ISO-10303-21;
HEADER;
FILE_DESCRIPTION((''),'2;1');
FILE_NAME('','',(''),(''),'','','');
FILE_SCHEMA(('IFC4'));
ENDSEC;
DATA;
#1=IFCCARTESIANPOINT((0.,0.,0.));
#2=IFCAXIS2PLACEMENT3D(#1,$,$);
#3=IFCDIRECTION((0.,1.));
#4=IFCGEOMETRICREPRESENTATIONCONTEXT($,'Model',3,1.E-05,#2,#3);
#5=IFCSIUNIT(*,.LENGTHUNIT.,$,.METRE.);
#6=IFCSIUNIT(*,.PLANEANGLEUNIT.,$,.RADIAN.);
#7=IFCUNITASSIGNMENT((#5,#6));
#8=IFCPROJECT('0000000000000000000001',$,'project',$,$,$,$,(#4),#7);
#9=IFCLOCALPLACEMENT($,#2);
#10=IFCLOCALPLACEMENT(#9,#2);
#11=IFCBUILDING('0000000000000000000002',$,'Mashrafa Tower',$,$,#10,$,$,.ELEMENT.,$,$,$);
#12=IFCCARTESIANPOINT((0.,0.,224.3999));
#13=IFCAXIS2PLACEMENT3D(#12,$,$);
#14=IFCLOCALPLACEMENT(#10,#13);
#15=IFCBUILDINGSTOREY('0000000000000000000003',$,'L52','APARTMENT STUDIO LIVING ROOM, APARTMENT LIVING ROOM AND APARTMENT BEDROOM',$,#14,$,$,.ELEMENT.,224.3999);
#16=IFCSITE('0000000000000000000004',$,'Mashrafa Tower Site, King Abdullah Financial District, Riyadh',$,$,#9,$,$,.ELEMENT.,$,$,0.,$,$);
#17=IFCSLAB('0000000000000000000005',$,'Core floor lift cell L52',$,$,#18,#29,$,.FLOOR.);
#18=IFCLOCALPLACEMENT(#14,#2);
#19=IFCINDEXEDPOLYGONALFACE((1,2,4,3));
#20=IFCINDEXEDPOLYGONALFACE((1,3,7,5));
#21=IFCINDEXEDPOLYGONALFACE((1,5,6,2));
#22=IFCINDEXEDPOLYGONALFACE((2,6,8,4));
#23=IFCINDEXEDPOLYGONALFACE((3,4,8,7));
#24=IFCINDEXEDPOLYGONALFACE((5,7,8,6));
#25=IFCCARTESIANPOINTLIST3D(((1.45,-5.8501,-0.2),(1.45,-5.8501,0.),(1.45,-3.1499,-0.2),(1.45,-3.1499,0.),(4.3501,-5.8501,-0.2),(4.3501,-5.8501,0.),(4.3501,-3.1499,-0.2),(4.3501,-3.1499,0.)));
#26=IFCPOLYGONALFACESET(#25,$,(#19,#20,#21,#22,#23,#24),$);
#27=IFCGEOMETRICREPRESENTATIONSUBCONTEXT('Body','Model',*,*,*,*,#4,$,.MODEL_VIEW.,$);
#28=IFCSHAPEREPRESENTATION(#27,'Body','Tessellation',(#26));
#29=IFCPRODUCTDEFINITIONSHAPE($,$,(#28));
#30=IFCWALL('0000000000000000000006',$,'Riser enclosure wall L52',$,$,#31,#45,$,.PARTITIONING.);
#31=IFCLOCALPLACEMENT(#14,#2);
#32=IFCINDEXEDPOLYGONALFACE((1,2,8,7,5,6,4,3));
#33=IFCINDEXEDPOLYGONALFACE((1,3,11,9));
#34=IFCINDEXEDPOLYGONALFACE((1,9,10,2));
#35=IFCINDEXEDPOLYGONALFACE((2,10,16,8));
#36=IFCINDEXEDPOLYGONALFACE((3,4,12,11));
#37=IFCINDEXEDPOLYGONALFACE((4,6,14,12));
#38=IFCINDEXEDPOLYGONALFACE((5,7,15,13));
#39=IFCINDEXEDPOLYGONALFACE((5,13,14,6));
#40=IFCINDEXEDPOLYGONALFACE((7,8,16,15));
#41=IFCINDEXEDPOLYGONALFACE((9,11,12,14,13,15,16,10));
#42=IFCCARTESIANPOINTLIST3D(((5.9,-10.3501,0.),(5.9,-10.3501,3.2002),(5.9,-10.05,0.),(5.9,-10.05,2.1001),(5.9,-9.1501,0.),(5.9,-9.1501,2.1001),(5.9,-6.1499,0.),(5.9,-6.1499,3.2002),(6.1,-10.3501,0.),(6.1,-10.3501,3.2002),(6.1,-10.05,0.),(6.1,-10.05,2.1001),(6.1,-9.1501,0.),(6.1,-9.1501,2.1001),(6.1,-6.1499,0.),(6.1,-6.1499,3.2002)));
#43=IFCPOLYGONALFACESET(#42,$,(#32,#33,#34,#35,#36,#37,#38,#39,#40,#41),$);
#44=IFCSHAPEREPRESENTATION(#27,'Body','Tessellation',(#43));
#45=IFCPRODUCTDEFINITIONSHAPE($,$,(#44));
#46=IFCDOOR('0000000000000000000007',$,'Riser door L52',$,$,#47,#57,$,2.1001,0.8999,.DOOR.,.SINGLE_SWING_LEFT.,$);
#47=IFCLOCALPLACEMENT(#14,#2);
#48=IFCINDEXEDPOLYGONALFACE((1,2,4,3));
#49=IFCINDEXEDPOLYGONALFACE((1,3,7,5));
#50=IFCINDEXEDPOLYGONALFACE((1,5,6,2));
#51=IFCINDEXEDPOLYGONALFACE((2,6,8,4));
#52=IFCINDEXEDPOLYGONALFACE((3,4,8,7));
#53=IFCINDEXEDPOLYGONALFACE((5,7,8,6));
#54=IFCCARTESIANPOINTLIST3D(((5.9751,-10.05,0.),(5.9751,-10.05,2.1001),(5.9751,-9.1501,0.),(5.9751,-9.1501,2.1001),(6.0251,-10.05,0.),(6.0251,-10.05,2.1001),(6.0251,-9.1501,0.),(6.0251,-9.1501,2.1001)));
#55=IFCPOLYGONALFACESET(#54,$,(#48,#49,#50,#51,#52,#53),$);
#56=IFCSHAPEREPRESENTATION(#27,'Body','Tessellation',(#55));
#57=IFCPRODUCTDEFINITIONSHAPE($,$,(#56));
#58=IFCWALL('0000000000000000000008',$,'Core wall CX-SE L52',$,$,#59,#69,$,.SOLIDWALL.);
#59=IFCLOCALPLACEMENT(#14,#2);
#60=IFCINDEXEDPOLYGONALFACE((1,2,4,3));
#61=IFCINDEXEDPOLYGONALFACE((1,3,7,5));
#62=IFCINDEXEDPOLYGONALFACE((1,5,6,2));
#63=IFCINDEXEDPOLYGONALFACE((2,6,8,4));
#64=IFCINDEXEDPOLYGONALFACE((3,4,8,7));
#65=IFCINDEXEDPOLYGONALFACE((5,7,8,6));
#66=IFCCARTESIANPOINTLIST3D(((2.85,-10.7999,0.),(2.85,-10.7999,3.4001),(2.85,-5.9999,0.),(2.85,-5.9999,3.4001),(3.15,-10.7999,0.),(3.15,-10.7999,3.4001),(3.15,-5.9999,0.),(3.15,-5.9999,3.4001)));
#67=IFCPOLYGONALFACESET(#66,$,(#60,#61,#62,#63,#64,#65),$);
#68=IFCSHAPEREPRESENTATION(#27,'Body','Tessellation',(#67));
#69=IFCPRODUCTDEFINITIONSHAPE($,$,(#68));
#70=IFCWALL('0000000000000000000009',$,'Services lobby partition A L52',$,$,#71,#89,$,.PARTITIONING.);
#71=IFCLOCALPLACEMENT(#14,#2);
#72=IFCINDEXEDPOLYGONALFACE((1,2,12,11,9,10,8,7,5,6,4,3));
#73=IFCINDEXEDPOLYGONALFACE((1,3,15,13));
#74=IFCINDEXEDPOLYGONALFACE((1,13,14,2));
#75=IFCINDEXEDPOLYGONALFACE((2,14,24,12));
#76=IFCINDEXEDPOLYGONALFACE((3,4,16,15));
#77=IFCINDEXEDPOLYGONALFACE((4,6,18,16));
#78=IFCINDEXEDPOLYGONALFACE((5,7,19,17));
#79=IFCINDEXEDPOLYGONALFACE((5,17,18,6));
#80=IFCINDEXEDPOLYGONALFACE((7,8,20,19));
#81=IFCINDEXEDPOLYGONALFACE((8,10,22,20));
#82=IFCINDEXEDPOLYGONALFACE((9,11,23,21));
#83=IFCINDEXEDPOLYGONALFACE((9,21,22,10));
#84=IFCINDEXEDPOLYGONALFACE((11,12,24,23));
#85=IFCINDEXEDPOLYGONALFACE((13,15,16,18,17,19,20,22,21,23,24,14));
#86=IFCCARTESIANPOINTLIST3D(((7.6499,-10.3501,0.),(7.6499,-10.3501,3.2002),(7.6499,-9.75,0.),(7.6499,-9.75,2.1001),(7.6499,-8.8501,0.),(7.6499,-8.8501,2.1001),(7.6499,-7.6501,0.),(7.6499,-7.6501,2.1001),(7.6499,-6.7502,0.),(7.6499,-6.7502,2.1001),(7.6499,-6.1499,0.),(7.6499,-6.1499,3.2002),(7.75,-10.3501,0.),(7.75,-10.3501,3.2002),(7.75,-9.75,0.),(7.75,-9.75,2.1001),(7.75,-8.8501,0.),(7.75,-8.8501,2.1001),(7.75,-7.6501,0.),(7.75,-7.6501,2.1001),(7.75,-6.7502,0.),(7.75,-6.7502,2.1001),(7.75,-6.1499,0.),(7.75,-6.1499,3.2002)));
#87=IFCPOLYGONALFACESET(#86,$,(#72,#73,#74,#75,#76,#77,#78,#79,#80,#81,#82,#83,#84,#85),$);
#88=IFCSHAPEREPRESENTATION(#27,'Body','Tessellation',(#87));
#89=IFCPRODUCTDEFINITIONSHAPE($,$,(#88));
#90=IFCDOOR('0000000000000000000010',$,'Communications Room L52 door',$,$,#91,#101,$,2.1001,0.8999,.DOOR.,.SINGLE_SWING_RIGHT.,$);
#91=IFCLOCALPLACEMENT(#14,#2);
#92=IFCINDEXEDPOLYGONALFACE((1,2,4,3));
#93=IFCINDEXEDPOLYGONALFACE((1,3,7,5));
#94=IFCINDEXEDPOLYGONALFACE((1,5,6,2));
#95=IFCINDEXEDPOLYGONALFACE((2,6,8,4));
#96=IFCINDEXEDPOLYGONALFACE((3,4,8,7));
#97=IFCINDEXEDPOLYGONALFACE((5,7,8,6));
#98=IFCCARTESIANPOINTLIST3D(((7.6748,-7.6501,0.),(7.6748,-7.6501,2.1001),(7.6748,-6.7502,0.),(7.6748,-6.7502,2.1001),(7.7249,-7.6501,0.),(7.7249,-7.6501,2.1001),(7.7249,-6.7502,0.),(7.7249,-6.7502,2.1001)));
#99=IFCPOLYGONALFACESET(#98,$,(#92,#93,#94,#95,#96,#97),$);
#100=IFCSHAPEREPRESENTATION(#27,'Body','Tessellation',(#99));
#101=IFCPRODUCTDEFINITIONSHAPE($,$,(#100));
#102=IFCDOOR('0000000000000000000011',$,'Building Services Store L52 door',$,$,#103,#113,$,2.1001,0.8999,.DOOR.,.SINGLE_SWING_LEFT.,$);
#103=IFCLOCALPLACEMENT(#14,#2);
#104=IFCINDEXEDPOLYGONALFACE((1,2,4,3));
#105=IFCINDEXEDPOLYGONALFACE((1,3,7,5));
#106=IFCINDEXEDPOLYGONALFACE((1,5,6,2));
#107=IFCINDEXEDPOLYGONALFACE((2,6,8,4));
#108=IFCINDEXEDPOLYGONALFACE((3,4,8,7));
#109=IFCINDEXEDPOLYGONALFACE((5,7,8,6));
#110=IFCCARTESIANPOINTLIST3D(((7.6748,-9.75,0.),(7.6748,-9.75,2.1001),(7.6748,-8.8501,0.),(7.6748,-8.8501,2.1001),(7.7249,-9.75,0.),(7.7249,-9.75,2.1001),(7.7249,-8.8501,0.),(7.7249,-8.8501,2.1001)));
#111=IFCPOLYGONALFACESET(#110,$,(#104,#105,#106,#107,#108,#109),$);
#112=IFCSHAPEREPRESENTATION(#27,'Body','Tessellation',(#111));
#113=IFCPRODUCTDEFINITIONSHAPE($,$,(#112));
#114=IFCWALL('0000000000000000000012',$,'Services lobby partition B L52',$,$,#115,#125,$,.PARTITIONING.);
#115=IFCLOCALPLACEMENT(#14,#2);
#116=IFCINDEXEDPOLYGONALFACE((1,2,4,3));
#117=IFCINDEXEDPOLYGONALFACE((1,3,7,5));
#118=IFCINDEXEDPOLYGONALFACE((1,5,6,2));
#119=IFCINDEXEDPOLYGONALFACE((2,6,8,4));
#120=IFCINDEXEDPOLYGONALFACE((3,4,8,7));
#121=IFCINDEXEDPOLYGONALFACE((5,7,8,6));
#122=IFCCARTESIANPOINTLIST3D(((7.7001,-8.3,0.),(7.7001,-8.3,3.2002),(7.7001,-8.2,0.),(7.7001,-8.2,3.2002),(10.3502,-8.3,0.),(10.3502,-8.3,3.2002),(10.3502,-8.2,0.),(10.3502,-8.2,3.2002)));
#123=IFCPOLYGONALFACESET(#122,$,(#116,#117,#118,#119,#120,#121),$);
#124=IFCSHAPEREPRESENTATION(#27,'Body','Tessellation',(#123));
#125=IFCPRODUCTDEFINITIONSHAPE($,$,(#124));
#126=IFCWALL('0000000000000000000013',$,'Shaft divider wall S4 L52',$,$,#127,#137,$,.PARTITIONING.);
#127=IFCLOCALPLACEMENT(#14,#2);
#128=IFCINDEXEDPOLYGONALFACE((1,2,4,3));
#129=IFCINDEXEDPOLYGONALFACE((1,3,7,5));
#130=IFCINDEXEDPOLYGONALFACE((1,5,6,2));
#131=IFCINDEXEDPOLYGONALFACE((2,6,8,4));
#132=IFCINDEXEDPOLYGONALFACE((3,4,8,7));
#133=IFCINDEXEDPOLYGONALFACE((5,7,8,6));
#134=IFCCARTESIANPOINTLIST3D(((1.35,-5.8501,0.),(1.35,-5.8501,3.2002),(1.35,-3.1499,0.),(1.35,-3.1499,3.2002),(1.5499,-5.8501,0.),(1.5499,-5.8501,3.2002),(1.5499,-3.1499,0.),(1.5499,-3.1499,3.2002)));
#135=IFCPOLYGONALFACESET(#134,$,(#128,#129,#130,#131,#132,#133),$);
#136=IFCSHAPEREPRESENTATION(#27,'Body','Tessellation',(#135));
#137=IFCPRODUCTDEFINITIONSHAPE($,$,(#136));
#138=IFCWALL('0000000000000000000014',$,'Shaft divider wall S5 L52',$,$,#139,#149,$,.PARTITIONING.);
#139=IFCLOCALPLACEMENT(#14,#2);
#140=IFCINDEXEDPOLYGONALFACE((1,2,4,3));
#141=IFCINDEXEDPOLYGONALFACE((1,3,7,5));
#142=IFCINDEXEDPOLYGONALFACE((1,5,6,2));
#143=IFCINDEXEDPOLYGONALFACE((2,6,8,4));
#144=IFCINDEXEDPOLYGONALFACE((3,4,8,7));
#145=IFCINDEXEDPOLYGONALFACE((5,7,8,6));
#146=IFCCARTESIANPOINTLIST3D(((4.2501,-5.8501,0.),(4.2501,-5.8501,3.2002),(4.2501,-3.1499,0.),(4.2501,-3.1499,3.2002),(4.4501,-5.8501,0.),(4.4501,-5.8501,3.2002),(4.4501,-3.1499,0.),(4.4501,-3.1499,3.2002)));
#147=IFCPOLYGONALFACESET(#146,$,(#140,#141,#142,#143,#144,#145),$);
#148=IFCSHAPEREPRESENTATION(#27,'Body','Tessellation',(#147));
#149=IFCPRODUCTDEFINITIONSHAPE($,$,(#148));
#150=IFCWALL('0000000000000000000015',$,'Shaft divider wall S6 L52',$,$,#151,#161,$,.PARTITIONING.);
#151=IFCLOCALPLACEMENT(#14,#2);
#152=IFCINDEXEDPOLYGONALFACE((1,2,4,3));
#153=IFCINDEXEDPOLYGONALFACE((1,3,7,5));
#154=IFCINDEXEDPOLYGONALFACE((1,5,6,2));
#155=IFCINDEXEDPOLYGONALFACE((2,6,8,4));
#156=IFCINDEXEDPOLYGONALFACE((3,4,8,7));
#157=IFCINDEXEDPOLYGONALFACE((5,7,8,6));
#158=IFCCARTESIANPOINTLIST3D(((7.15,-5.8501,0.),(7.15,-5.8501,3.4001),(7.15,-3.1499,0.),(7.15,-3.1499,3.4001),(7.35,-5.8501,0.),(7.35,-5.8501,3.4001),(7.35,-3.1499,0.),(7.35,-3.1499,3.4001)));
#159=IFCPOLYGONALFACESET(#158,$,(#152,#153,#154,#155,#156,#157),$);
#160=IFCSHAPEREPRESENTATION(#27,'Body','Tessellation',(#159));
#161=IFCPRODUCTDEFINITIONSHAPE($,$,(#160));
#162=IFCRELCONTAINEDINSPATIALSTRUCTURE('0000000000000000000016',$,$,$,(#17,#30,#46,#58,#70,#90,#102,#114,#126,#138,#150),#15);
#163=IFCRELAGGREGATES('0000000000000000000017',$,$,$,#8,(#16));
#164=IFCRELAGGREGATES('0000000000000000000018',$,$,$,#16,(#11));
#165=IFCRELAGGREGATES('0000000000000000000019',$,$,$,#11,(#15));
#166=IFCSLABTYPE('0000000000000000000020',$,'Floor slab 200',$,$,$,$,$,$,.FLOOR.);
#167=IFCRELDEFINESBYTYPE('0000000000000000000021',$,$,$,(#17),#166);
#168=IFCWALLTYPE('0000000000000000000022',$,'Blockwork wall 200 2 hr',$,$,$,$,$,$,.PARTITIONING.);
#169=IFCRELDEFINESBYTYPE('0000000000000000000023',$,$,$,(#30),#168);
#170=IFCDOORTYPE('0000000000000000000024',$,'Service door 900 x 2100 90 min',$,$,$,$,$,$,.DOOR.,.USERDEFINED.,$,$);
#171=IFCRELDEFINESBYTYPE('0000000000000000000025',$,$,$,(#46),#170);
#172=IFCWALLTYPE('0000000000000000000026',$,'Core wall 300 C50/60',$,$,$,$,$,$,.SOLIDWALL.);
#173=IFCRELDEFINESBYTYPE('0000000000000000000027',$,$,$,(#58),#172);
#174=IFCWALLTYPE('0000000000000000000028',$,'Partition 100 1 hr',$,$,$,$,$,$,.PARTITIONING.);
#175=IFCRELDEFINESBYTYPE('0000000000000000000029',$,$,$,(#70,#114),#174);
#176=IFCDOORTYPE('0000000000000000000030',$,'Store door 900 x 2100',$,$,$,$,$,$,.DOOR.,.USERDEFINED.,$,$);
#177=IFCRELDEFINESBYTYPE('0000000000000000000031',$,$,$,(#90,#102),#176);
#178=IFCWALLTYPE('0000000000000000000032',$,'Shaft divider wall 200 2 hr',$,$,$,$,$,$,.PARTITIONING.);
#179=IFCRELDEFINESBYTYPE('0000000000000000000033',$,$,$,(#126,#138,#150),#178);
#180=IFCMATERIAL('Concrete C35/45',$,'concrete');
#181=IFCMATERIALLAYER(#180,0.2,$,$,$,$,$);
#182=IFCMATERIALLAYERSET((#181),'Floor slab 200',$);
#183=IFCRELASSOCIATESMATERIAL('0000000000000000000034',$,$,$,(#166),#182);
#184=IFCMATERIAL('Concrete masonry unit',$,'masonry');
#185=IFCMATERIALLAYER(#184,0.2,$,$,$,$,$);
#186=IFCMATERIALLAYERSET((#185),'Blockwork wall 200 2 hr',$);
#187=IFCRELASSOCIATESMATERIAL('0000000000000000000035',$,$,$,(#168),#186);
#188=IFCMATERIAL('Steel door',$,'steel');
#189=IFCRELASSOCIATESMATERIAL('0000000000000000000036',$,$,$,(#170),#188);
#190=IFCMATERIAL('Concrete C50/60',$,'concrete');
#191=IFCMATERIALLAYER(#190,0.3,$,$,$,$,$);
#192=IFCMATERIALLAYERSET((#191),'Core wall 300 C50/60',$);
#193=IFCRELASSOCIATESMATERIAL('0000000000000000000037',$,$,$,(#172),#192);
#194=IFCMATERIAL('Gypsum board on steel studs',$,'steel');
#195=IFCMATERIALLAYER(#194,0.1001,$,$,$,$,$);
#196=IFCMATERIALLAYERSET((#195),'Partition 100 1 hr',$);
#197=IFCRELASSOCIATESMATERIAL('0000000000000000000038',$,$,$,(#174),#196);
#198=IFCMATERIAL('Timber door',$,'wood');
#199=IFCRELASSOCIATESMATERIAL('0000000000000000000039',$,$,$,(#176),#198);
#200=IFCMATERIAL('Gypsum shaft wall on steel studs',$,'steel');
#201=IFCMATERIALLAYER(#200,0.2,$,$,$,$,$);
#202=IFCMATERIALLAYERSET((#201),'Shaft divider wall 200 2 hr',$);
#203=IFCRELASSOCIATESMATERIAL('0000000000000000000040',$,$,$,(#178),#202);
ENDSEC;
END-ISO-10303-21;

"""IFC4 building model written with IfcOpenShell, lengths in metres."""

from ifc_helpers import new_model, si_unit, direction, frame, frame_2d, origin, place, context, subcontext, project, spatial, polyline, rectangle, outline, extrude, material, layer, layer_set, type_object, element, fill, save


model = new_model("IFC4")

# Units and contexts
model_context = context("Model", 3, precision=1e-05, world=origin(), true_north=direction((0.0, 1.0)))
body_context = subcontext(model_context, "Body", "Model", "MODEL_VIEW")
ifc_project = project(units=[si_unit("LENGTHUNIT", "METRE"), si_unit("PLANEANGLEUNIT", "RADIAN")], contexts=[model_context])

# Site, building, storey
site_placement = place(None, origin())
site = spatial("IfcSite", under=ifc_project, at=site_placement, Name="Mashrafa Tower Site, King Abdullah Financial District, Riyadh", CompositionType="ELEMENT", RefElevation=0.0)
building_placement = place(site_placement, origin())
building = spatial("IfcBuilding", under=site, at=building_placement, Name="Mashrafa Tower", CompositionType="ELEMENT")
storey_placement = place(building_placement, frame((0.0, 0.0, 224.3999)))
storey = spatial("IfcBuildingStorey", under=building, at=storey_placement, Name="L52", Description="APARTMENT STUDIO LIVING ROOM, APARTMENT LIVING ROOM AND APARTMENT BEDROOM", CompositionType="ELEMENT", Elevation=224.3999)

# Slab
ifc_material_1 = material(Name="Concrete C35/45", Category="concrete")
ifc_layer_1 = layer(ifc_material_1, 0.2)
ifc_layer_set_1 = layer_set([ifc_layer_1], Name="Floor slab 200")
slab_type = type_object("IfcSlabType", Name="Floor slab 200", PredefinedType="FLOOR", material=ifc_layer_set_1)
slab_placement = place(storey_placement, frame((0.0, 0.0, -0.2)))
element("IfcSlab", 1, at=slab_placement, inside=storey, type_object=slab_type, Name="Core floor lift cell L52", PredefinedType="FLOOR", context=body_context, shape_type="SweptSolid", body=[
    extrude(outline(polyline([(4.3501, -3.1499), (4.3501, -5.8501), (1.45, -5.8501), (1.45, -3.1499), (4.3501, -3.1499)])), origin(), (0.0, 0.0, 1.0), 0.2),
])

# Wall, opening, door
ifc_material_2 = material(Name="Concrete masonry unit", Category="masonry")
ifc_layer_2 = layer(ifc_material_2, 0.2)
ifc_layer_set_2 = layer_set([ifc_layer_2], Name="Blockwork wall 200 2 hr")
wall_type_1 = type_object("IfcWallType", Name="Blockwork wall 200 2 hr", PredefinedType="PARTITIONING", material=ifc_layer_set_2)
wall_1_placement = place(storey_placement, frame((6.0, -10.3501, 0.0), z_axis=(0.0, 0.0, 1.0), x_axis=(0.0, 1.0, 0.0)))
wall_1 = element("IfcWall", 2, at=wall_1_placement, inside=storey, type_object=wall_type_1, Name="Riser enclosure wall L52", PredefinedType="PARTITIONING", context=body_context, shape_type="SweptSolid", body=[
    extrude(rectangle(XDim=4.2002, YDim=0.2, at=frame_2d((2.1001, 0.0))), origin(), (0.0, 0.0, 1.0), 3.2002),
])
opening_1_placement = place(wall_1_placement, frame((0.3, 0.0, 0.0)))
opening_1 = element("IfcOpeningElement", 3, at=opening_1_placement, cuts=wall_1, PredefinedType="OPENING", context=body_context, shape_type="SweptSolid", body=[
    extrude(rectangle(XDim=0.8999, YDim=2.1001, at=frame_2d((0.45, 1.05))), frame((0.0, 0.1099, 0.0), z_axis=(0.0, -1.0, 0.0), x_axis=(1.0, 0.0, 0.0)), (0.0, 0.0, 1.0), 0.22),
])
ifc_material_3 = material(Name="Steel door", Category="steel")
door_type_1 = type_object("IfcDoorType", Name="Service door 900 x 2100 90 min", OperationType="USERDEFINED", PredefinedType="DOOR", material=ifc_material_3)
door_1_placement = place(opening_1_placement, origin())
door_1 = element("IfcDoor", 4, at=door_1_placement, inside=storey, type_object=door_type_1, Name="Riser door L52", OperationType="SINGLE_SWING_LEFT", OverallHeight=2.1001, OverallWidth=0.8999, PredefinedType="DOOR", context=body_context, shape_type="SweptSolid", body=[
    extrude(rectangle(XDim=0.8999, YDim=2.1001, at=frame_2d((0.45, 1.05))), frame((0.0, 0.0249, 0.0), z_axis=(0.0, -1.0, 0.0), x_axis=(1.0, 0.0, 0.0)), (0.0, 0.0, 1.0), 0.05),
])
fill(opening_1, door_1)

# Wall
ifc_material_4 = material(Name="Concrete C50/60", Category="concrete")
ifc_layer_3 = layer(ifc_material_4, 0.3)
ifc_layer_set_3 = layer_set([ifc_layer_3], Name="Core wall 300 C50/60")
wall_type_2 = type_object("IfcWallType", Name="Core wall 300 C50/60", PredefinedType="SOLIDWALL", material=ifc_layer_set_3)
wall_2_placement = place(storey_placement, frame((3.0, -6.0, 0.0), z_axis=(0.0, 0.0, 1.0), x_axis=(0.0, -1.0, 0.0)))
element("IfcWall", 5, at=wall_2_placement, inside=storey, type_object=wall_type_2, Name="Core wall CX-SE L52", PredefinedType="SOLIDWALL", context=body_context, shape_type="SweptSolid", body=[
    extrude(rectangle(XDim=4.8, YDim=0.3, at=frame_2d((2.3999, 0.0))), origin(), (0.0, 0.0, 1.0), 3.4001),
])

# Wall, openings, doors
ifc_material_5 = material(Name="Gypsum board on steel studs", Category="steel")
ifc_layer_4 = layer(ifc_material_5, 0.1001)
ifc_layer_set_4 = layer_set([ifc_layer_4], Name="Partition 100 1 hr")
wall_type_3 = type_object("IfcWallType", Name="Partition 100 1 hr", PredefinedType="PARTITIONING", material=ifc_layer_set_4)
wall_3_placement = place(storey_placement, frame((7.7, -10.3501, 0.0), z_axis=(0.0, 0.0, 1.0), x_axis=(0.0, 1.0, 0.0)))
wall_3 = element("IfcWall", 6, at=wall_3_placement, inside=storey, type_object=wall_type_3, Name="Services lobby partition A L52", PredefinedType="PARTITIONING", context=body_context, shape_type="SweptSolid", body=[
    extrude(rectangle(XDim=4.2002, YDim=0.1001, at=frame_2d((2.1001, 0.0))), origin(), (0.0, 0.0, 1.0), 3.2002),
])
opening_2_placement = place(wall_3_placement, frame((2.7, 0.0, 0.0)))
opening_2 = element("IfcOpeningElement", 7, at=opening_2_placement, cuts=wall_3, PredefinedType="OPENING", context=body_context, shape_type="SweptSolid", body=[
    extrude(rectangle(XDim=0.8999, YDim=2.1001, at=frame_2d((0.45, 1.05))), frame((0.0, 0.0601, 0.0), z_axis=(0.0, -1.0, 0.0), x_axis=(1.0, 0.0, 0.0)), (0.0, 0.0, 1.0), 0.1201),
])
opening_3_placement = place(wall_3_placement, frame((0.6001, 0.0, 0.0)))
opening_3 = element("IfcOpeningElement", 8, at=opening_3_placement, cuts=wall_3, PredefinedType="OPENING", context=body_context, shape_type="SweptSolid", body=[
    extrude(rectangle(XDim=0.8999, YDim=2.1001, at=frame_2d((0.45, 1.05))), frame((0.0, 0.0601, 0.0), z_axis=(0.0, -1.0, 0.0), x_axis=(1.0, 0.0, 0.0)), (0.0, 0.0, 1.0), 0.1201),
])
ifc_material_6 = material(Name="Timber door", Category="wood")
door_type_2 = type_object("IfcDoorType", Name="Store door 900 x 2100", OperationType="USERDEFINED", PredefinedType="DOOR", material=ifc_material_6)
door_2_placement = place(opening_2_placement, frame((0.8999, 0.0, 0.0), z_axis=(0.0, 0.0, 1.0), x_axis=(-1.0, 0.0, 0.0)))
door_2 = element("IfcDoor", 9, at=door_2_placement, inside=storey, type_object=door_type_2, Name="Communications Room L52 door", OperationType="SINGLE_SWING_RIGHT", OverallHeight=2.1001, OverallWidth=0.8999, PredefinedType="DOOR", context=body_context, shape_type="SweptSolid", body=[
    extrude(rectangle(XDim=0.8999, YDim=2.1001, at=frame_2d((0.45, 1.05))), frame((0.0, 0.0249, 0.0), z_axis=(0.0, -1.0, 0.0), x_axis=(1.0, 0.0, 0.0)), (0.0, 0.0, 1.0), 0.05),
])
fill(opening_2, door_2)
door_3_placement = place(opening_3_placement, frame((0.8999, 0.0, 0.0), z_axis=(0.0, 0.0, 1.0), x_axis=(-1.0, 0.0, 0.0)))
door_3 = element("IfcDoor", 10, at=door_3_placement, inside=storey, type_object=door_type_2, Name="Building Services Store L52 door", OperationType="SINGLE_SWING_LEFT", OverallHeight=2.1001, OverallWidth=0.8999, PredefinedType="DOOR", context=body_context, shape_type="SweptSolid", body=[
    extrude(rectangle(XDim=0.8999, YDim=2.1001, at=frame_2d((0.45, 1.05))), frame((0.0, 0.0249, 0.0), z_axis=(0.0, -1.0, 0.0), x_axis=(1.0, 0.0, 0.0)), (0.0, 0.0, 1.0), 0.05),
])
fill(opening_3, door_3)

# Walls
wall_4_placement = place(storey_placement, frame((7.7, -8.25, 0.0), z_axis=(0.0, 0.0, 1.0), x_axis=(1.0, 0.0, 0.0)))
element("IfcWall", 11, at=wall_4_placement, inside=storey, type_object=wall_type_3, Name="Services lobby partition B L52", PredefinedType="PARTITIONING", context=body_context, shape_type="SweptSolid", body=[
    extrude(rectangle(XDim=2.6501, YDim=0.1001, at=frame_2d((1.3252, 0.0))), origin(), (0.0, 0.0, 1.0), 3.2002),
])
ifc_material_7 = material(Name="Gypsum shaft wall on steel studs", Category="steel")
ifc_layer_5 = layer(ifc_material_7, 0.2)
ifc_layer_set_5 = layer_set([ifc_layer_5], Name="Shaft divider wall 200 2 hr")
wall_type_4 = type_object("IfcWallType", Name="Shaft divider wall 200 2 hr", PredefinedType="PARTITIONING", material=ifc_layer_set_5)
for number, where, z_axis, x_axis, name in (
    (12, (1.45, -5.8501, 0.0), (0.0, 0.0, 1.0), (0.0, 1.0, 0.0), "Shaft divider wall S4 L52"),
    (13, (4.3501, -5.8501, 0.0), (0.0, 0.0, 1.0), (0.0, 1.0, 0.0), "Shaft divider wall S5 L52"),
):
    element("IfcWall", number, at=place(storey_placement, frame(where, z_axis=z_axis, x_axis=x_axis)), inside=storey, type_object=wall_type_4, Name=name, PredefinedType="PARTITIONING", context=body_context, shape_type="SweptSolid", body=[
        extrude(rectangle(XDim=2.7002, YDim=0.2, at=frame_2d((1.3501, 0.0))), origin(), (0.0, 0.0, 1.0), 3.2002),
    ])
wall_5_placement = place(storey_placement, frame((7.25, -5.8501, 0.0), z_axis=(0.0, 0.0, 1.0), x_axis=(0.0, 1.0, 0.0)))
element("IfcWall", 14, at=wall_5_placement, inside=storey, type_object=wall_type_4, Name="Shaft divider wall S6 L52", PredefinedType="PARTITIONING", context=body_context, shape_type="SweptSolid", body=[
    extrude(rectangle(XDim=2.7002, YDim=0.2, at=frame_2d((1.3501, 0.0))), origin(), (0.0, 0.0, 1.0), 3.4001),
])

save(model, "model.ifc")
